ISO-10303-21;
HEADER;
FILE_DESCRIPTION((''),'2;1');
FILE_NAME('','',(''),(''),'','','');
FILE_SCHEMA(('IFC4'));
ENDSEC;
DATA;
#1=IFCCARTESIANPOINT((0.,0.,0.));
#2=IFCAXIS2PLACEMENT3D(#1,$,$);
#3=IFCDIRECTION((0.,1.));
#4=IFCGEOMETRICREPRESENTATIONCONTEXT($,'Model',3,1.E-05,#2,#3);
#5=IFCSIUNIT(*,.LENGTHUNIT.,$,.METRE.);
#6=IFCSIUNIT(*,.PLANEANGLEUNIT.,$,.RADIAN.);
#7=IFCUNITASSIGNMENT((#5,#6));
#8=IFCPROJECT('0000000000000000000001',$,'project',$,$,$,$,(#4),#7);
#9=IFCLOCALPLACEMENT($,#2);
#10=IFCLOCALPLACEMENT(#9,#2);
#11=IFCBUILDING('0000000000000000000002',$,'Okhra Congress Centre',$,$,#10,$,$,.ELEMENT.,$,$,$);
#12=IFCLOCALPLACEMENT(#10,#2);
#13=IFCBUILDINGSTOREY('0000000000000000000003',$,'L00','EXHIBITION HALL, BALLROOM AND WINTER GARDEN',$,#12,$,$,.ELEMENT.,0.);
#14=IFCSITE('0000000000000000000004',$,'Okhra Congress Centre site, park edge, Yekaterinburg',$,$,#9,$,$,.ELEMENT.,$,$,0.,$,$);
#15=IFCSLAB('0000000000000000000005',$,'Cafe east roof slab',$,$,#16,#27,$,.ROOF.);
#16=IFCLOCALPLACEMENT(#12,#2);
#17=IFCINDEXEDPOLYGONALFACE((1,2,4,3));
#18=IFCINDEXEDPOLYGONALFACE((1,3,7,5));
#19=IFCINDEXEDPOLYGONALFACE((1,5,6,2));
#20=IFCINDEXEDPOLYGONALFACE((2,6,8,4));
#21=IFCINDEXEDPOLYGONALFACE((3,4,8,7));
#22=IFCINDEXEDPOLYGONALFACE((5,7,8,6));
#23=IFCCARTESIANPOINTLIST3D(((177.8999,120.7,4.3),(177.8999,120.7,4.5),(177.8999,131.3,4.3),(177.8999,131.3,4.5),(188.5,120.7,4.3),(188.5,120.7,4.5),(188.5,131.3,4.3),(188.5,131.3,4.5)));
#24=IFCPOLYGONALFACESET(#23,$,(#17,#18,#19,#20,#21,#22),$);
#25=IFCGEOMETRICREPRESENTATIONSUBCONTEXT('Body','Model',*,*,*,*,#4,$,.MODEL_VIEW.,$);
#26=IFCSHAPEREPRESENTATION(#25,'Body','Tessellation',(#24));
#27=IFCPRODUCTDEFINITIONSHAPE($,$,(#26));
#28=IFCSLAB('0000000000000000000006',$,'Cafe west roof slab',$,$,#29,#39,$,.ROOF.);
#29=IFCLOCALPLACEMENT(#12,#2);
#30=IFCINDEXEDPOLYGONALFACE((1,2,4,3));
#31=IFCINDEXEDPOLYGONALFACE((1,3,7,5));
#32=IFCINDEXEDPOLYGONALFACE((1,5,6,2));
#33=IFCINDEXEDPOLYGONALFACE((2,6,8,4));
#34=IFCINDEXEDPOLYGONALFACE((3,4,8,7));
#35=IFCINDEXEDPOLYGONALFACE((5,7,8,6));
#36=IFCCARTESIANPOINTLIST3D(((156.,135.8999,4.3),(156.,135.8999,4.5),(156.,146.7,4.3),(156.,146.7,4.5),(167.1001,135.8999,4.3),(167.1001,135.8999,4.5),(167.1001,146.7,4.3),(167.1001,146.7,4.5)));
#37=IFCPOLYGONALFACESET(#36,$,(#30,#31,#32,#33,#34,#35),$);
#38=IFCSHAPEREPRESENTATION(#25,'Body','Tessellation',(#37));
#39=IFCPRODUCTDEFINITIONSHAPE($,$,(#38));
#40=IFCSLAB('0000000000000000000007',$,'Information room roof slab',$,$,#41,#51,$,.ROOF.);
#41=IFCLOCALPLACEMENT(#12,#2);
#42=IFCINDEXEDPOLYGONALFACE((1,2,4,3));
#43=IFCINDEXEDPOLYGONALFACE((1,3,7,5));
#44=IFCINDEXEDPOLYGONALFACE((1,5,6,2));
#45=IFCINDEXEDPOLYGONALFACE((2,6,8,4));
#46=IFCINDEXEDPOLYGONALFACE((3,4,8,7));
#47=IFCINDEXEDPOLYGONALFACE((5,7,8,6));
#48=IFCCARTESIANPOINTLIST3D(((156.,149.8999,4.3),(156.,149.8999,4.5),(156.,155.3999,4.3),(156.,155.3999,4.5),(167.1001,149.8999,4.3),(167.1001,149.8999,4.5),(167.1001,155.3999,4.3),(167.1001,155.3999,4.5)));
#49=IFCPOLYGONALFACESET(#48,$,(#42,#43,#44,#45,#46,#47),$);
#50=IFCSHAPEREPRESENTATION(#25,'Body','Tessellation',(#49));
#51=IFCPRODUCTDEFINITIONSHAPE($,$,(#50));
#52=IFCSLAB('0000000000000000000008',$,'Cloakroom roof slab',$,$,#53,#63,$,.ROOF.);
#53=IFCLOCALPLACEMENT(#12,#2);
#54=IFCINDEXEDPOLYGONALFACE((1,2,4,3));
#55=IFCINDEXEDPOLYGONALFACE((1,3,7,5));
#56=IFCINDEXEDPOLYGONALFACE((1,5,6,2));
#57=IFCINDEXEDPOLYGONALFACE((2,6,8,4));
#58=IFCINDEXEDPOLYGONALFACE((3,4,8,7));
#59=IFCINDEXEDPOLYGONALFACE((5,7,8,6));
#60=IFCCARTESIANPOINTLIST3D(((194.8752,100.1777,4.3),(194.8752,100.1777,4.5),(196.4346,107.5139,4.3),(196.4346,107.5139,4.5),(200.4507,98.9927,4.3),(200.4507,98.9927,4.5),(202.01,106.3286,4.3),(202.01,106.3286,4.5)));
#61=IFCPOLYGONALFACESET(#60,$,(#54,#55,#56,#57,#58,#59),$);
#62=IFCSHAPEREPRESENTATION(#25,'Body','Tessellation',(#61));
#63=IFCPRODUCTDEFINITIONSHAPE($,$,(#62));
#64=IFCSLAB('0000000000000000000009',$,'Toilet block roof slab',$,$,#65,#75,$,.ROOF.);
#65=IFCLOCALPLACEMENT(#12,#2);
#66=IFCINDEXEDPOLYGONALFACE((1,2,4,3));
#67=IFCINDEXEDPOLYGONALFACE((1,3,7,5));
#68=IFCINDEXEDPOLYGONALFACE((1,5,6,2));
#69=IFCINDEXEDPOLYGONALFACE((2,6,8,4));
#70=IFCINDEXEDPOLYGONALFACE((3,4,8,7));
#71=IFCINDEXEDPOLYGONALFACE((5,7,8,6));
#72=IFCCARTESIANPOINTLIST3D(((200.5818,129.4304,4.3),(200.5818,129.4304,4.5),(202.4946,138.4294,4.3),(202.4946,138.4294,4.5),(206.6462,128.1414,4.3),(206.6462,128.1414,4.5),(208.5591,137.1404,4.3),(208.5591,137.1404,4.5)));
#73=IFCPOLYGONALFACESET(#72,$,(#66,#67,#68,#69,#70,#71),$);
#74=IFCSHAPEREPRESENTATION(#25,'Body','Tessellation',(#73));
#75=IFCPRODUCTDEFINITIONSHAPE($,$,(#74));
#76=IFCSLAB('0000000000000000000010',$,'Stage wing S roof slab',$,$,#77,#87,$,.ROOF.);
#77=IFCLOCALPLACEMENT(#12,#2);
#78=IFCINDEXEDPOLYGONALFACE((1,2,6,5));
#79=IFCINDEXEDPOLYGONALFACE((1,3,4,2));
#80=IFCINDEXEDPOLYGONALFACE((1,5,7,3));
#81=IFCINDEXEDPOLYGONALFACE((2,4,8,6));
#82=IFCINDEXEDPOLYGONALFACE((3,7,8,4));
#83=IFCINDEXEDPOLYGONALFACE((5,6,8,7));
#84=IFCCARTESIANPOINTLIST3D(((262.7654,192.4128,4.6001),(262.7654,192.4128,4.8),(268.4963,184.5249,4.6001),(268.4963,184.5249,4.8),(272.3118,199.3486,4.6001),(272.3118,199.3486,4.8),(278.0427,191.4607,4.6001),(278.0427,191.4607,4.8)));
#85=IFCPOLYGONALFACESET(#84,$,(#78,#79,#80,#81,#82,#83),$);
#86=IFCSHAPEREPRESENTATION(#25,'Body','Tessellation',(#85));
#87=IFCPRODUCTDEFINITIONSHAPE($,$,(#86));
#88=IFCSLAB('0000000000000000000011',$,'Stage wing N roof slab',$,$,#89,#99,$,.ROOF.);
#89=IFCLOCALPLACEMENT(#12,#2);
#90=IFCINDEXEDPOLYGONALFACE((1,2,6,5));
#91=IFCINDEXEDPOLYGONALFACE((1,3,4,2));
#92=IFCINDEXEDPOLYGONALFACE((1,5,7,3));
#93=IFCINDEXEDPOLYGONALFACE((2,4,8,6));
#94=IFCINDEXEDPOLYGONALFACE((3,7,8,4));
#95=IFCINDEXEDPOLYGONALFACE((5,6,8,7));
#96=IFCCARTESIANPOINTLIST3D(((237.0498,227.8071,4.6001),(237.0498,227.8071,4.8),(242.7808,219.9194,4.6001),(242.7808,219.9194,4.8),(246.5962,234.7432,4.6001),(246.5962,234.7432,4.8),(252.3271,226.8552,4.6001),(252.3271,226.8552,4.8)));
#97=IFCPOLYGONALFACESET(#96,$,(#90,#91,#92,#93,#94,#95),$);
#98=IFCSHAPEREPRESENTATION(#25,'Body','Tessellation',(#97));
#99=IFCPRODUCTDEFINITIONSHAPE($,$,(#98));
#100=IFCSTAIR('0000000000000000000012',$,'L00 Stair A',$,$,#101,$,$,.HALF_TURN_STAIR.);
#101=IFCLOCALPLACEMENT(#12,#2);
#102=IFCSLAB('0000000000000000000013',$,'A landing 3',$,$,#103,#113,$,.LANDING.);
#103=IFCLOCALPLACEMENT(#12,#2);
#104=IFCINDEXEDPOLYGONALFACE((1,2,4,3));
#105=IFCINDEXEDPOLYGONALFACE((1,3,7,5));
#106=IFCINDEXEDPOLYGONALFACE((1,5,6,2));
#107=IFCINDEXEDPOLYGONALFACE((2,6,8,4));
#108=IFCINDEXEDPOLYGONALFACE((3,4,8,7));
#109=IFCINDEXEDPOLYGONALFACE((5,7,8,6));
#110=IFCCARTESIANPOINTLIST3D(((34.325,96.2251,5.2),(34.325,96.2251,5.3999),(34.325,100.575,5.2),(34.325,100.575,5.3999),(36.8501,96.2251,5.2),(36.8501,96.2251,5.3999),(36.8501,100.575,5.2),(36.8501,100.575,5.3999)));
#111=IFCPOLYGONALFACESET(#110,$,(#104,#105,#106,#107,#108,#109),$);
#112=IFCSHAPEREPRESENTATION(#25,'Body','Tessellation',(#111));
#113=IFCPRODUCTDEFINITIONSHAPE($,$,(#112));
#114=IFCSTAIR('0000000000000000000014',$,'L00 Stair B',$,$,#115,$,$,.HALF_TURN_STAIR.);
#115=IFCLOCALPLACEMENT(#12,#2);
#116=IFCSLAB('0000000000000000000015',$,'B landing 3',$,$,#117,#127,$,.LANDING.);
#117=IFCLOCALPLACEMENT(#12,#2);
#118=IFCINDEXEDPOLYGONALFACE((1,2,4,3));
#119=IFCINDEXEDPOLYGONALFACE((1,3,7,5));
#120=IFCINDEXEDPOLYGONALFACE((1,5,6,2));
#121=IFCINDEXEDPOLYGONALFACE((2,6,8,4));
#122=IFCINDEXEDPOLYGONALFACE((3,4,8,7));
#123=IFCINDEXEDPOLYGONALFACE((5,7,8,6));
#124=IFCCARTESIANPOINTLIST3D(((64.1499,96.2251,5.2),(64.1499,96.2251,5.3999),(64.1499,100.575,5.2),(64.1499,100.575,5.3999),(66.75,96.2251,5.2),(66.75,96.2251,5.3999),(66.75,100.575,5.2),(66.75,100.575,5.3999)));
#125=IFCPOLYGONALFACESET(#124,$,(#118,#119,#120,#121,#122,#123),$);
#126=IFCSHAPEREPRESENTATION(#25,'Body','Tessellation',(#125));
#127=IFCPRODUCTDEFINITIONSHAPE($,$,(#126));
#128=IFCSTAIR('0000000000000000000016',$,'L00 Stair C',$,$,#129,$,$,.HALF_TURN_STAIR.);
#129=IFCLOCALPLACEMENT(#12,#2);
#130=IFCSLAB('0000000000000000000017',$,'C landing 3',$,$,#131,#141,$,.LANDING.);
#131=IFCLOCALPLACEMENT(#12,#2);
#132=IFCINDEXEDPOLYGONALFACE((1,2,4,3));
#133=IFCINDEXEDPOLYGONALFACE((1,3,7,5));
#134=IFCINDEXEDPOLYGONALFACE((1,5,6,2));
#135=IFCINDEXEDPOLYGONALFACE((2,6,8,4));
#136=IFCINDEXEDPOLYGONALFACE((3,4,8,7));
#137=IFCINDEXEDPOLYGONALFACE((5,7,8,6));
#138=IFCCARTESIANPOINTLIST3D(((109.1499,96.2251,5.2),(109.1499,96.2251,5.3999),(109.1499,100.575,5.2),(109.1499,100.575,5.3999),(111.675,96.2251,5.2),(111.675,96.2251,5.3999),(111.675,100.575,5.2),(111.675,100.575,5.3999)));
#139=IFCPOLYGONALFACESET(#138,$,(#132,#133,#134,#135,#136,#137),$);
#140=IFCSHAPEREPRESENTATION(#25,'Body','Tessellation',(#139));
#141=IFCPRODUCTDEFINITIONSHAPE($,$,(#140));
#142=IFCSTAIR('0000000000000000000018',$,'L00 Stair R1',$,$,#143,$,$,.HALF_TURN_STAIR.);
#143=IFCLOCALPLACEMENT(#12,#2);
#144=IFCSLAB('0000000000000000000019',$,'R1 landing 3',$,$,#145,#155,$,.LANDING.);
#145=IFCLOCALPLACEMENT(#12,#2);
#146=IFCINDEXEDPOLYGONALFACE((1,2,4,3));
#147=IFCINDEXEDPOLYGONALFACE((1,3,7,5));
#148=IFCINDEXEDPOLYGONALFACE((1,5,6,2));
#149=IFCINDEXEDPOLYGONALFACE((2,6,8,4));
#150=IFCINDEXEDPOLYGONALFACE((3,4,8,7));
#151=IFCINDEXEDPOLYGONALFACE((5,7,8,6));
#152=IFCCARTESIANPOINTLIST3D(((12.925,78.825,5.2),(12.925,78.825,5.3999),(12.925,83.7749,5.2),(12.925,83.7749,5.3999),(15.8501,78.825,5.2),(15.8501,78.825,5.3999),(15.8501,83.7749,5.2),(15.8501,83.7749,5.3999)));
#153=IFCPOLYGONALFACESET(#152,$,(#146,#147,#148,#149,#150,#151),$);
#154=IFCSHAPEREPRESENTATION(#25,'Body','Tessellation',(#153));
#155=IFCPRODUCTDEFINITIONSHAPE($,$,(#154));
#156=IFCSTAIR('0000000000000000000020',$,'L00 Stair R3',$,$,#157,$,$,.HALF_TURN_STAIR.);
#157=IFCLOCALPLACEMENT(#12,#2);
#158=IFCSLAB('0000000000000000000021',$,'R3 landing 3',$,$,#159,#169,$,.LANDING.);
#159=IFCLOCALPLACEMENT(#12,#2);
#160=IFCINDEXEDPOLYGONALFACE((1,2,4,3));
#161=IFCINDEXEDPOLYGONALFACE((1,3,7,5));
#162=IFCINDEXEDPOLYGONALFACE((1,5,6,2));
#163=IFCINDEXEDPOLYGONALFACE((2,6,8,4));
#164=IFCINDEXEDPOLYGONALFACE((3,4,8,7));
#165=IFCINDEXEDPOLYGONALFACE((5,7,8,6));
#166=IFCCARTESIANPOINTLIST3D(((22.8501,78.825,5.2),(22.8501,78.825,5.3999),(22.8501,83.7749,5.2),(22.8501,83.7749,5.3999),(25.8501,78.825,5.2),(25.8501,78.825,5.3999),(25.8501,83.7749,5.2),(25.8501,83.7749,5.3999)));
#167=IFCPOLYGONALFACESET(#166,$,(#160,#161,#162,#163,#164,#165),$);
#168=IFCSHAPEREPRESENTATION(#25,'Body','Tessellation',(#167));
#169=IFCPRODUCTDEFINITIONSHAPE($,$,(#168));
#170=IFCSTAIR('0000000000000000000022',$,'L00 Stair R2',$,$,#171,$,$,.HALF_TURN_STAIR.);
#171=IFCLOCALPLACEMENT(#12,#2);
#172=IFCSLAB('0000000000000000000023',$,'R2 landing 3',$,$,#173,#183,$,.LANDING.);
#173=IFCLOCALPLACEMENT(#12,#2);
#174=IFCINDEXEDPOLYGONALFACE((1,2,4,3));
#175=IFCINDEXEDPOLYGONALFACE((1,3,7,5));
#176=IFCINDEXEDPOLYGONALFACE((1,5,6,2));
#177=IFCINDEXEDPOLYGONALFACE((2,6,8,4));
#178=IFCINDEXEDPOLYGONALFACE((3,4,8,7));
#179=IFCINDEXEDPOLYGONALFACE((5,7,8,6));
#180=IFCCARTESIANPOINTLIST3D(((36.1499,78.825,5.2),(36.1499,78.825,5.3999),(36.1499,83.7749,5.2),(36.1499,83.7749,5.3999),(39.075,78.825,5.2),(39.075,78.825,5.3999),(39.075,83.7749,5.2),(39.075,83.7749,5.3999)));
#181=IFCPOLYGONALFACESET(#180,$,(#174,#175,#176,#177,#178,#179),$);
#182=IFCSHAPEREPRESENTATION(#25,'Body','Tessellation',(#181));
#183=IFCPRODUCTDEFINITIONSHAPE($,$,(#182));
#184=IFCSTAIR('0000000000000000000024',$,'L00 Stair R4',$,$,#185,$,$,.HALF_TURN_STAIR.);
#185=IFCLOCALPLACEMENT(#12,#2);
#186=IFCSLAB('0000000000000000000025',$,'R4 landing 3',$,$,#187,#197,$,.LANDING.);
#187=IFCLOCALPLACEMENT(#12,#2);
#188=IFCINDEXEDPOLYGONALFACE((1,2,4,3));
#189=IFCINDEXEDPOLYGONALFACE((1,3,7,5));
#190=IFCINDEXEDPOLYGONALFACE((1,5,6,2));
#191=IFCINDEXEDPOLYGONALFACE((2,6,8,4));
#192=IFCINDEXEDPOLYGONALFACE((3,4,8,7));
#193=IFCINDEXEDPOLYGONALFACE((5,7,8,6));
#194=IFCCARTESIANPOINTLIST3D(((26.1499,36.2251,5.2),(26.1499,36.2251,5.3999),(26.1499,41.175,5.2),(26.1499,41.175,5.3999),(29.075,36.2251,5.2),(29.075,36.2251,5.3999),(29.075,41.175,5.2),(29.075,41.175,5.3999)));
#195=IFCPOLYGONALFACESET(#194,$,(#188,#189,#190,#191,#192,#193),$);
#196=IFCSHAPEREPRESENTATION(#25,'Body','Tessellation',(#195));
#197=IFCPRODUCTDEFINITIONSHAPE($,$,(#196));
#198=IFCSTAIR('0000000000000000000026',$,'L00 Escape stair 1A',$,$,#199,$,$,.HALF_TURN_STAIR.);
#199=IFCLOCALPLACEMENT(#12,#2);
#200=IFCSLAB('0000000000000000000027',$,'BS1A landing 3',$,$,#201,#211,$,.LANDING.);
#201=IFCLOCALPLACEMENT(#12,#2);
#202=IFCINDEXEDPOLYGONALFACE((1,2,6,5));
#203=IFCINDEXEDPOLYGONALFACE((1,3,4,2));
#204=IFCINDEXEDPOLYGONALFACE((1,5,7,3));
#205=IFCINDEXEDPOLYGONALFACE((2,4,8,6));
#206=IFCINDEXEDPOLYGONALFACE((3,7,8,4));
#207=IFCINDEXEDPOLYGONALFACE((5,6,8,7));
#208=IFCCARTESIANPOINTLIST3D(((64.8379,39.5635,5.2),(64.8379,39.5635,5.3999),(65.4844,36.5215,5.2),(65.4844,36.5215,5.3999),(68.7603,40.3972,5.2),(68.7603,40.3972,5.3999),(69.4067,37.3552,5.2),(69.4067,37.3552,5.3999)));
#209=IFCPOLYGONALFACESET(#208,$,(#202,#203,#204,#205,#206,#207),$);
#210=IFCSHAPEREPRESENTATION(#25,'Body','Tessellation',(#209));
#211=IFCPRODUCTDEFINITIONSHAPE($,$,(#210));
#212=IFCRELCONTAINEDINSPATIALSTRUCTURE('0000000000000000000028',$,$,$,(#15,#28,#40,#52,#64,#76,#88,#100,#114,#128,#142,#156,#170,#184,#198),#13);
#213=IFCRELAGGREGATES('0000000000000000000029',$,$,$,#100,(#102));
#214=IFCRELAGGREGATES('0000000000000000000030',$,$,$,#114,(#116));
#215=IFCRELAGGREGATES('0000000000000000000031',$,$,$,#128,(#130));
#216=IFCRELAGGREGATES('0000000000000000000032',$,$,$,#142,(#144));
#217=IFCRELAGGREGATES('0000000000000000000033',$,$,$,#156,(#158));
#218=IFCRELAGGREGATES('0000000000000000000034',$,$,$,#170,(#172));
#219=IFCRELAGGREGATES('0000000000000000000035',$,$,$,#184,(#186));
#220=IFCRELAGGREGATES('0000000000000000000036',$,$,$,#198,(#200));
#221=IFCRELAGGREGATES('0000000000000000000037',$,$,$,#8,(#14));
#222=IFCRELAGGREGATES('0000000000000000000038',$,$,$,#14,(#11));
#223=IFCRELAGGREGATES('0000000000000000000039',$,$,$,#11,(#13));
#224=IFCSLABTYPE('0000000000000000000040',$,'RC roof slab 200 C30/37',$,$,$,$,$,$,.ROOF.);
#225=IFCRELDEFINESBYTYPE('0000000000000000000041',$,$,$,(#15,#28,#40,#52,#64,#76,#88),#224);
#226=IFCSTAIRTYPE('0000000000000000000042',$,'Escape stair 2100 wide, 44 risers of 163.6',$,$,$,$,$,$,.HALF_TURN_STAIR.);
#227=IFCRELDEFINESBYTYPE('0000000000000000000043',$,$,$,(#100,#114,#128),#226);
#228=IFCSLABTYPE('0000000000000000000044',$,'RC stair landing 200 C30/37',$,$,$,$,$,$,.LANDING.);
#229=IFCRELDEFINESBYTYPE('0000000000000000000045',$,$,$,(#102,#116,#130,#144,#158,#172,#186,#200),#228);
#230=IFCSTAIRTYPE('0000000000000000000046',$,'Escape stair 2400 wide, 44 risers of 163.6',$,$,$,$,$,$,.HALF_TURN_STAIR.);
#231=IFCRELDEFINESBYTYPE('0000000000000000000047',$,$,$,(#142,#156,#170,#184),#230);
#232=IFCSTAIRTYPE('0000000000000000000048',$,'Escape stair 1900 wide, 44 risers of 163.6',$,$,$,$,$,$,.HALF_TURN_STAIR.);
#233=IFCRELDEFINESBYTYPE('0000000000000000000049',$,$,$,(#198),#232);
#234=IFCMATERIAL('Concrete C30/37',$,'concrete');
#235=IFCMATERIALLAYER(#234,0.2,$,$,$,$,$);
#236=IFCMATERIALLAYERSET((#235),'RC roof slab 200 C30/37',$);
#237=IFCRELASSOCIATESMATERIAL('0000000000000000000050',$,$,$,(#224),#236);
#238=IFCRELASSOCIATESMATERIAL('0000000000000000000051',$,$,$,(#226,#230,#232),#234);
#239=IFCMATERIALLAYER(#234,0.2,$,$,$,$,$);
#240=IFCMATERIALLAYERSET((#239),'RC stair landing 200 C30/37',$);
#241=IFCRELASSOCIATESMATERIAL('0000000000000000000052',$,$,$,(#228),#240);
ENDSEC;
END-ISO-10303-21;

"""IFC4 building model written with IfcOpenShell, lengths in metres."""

from ifc_helpers import new_model, si_unit, direction, frame, origin, place, context, subcontext, project, spatial, polyline, outline, extrude, material, layer, layer_set, type_object, element, aggregate, save


model = new_model("IFC4")

# Units and contexts
model_context = context("Model", 3, precision=1e-05, world=origin(), true_north=direction((0.0, 1.0)))
body_context = subcontext(model_context, "Body", "Model", "MODEL_VIEW")
ifc_project = project(units=[si_unit("LENGTHUNIT", "METRE"), si_unit("PLANEANGLEUNIT", "RADIAN")], contexts=[model_context])

# Site, building, storey
site_placement = place(None, origin())
site = spatial("IfcSite", under=ifc_project, at=site_placement, Name="Okhra Congress Centre site, park edge, Yekaterinburg", CompositionType="ELEMENT", RefElevation=0.0)
building_placement = place(site_placement, origin())
building = spatial("IfcBuilding", under=site, at=building_placement, Name="Okhra Congress Centre", CompositionType="ELEMENT")
storey_placement = place(building_placement, origin())
storey = spatial("IfcBuildingStorey", under=building, at=storey_placement, Name="L00", Description="EXHIBITION HALL, BALLROOM AND WINTER GARDEN", CompositionType="ELEMENT", Elevation=0.0)

# Slabs
ifc_material = material(Name="Concrete C30/37", Category="concrete")
ifc_layer_1 = layer(ifc_material, 0.2)
ifc_layer_set_1 = layer_set([ifc_layer_1], Name="RC roof slab 200 C30/37")
slab_type_1 = type_object("IfcSlabType", Name="RC roof slab 200 C30/37", PredefinedType="ROOF", material=ifc_layer_set_1)
slab_1_placement = place(storey_placement, frame((0.0, 0.0, 4.3)))
element("IfcSlab", 1, at=slab_1_placement, inside=storey, type_object=slab_type_1, Name="Cafe east roof slab", PredefinedType="ROOF", context=body_context, shape_type="SweptSolid", body=[
    extrude(outline(polyline([(177.8999, 120.7), (188.5, 120.7), (188.5, 131.3), (177.8999, 131.3), (177.8999, 120.7)])), origin(), (0.0, 0.0, 1.0), 0.2),
])
slab_2_placement = place(storey_placement, frame((0.0, 0.0, 4.3)))
element("IfcSlab", 2, at=slab_2_placement, inside=storey, type_object=slab_type_1, Name="Cafe west roof slab", PredefinedType="ROOF", context=body_context, shape_type="SweptSolid", body=[
    extrude(outline(polyline([(156.0, 135.8999), (167.1001, 135.8999), (167.1001, 146.7), (156.0, 146.7), (156.0, 135.8999)])), origin(), (0.0, 0.0, 1.0), 0.2),
])
slab_3_placement = place(storey_placement, frame((0.0, 0.0, 4.3)))
element("IfcSlab", 3, at=slab_3_placement, inside=storey, type_object=slab_type_1, Name="Information room roof slab", PredefinedType="ROOF", context=body_context, shape_type="SweptSolid", body=[
    extrude(outline(polyline([(156.0, 149.8999), (167.1001, 149.8999), (167.1001, 155.3999), (156.0, 155.3999), (156.0, 149.8999)])), origin(), (0.0, 0.0, 1.0), 0.2),
])
slab_4_placement = place(storey_placement, frame((0.0, 0.0, 4.3)))
element("IfcSlab", 4, at=slab_4_placement, inside=storey, type_object=slab_type_1, Name="Cloakroom roof slab", PredefinedType="ROOF", context=body_context, shape_type="SweptSolid", body=[
    extrude(outline(polyline([(194.8752, 100.1777), (200.4507, 98.9927), (202.01, 106.3286), (196.4346, 107.5139), (194.8752, 100.1777)])), origin(), (0.0, 0.0, 1.0), 0.2),
])
slab_5_placement = place(storey_placement, frame((0.0, 0.0, 4.3)))
element("IfcSlab", 5, at=slab_5_placement, inside=storey, type_object=slab_type_1, Name="Toilet block roof slab", PredefinedType="ROOF", context=body_context, shape_type="SweptSolid", body=[
    extrude(outline(polyline([(200.5818, 129.4304), (206.6462, 128.1414), (208.5591, 137.1404), (202.4946, 138.4294), (200.5818, 129.4304)])), origin(), (0.0, 0.0, 1.0), 0.2),
])
slab_6_placement = place(storey_placement, frame((0.0, 0.0, 4.6001)))
element("IfcSlab", 6, at=slab_6_placement, inside=storey, type_object=slab_type_1, Name="Stage wing S roof slab", PredefinedType="ROOF", context=body_context, shape_type="SweptSolid", body=[
    extrude(outline(polyline([(268.4963, 184.5249), (278.0427, 191.4607), (272.3118, 199.3486), (262.7654, 192.4128), (268.4963, 184.5249)])), origin(), (0.0, 0.0, 1.0), 0.2),
])
slab_7_placement = place(storey_placement, frame((0.0, 0.0, 4.6001)))
element("IfcSlab", 7, at=slab_7_placement, inside=storey, type_object=slab_type_1, Name="Stage wing N roof slab", PredefinedType="ROOF", context=body_context, shape_type="SweptSolid", body=[
    extrude(outline(polyline([(242.7808, 219.9194), (252.3271, 226.8552), (246.5962, 234.7432), (237.0498, 227.8071), (242.7808, 219.9194)])), origin(), (0.0, 0.0, 1.0), 0.2),
])

# Stairs, slabs
stair_type_1 = type_object("IfcStairType", Name="Escape stair 2100 wide, 44 risers of 163.6", PredefinedType="HALF_TURN_STAIR", material=ifc_material)
stair_1_placement = place(storey_placement, origin())
stair_1 = element("IfcStair", 8, at=stair_1_placement, inside=storey, type_object=stair_type_1, Name="L00 Stair A", PredefinedType="HALF_TURN_STAIR")
ifc_layer_2 = layer(ifc_material, 0.2)
ifc_layer_set_2 = layer_set([ifc_layer_2], Name="RC stair landing 200 C30/37")
slab_type_2 = type_object("IfcSlabType", Name="RC stair landing 200 C30/37", PredefinedType="LANDING", material=ifc_layer_set_2)
slab_8_placement = place(storey_placement, frame((0.0, 0.0, 5.2)))
slab_8 = element("IfcSlab", 9, at=slab_8_placement, type_object=slab_type_2, Name="A landing 3", PredefinedType="LANDING", context=body_context, shape_type="SweptSolid", body=[
    extrude(outline(polyline([(34.325, 96.2251), (36.8501, 96.2251), (36.8501, 100.575), (34.325, 100.575), (34.325, 96.2251)])), origin(), (0.0, 0.0, 1.0), 0.2),
])
aggregate(stair_1, [slab_8])
stair_2_placement = place(storey_placement, origin())
stair_2 = element("IfcStair", 10, at=stair_2_placement, inside=storey, type_object=stair_type_1, Name="L00 Stair B", PredefinedType="HALF_TURN_STAIR")
slab_9_placement = place(storey_placement, frame((0.0, 0.0, 5.2)))
slab_9 = element("IfcSlab", 11, at=slab_9_placement, type_object=slab_type_2, Name="B landing 3", PredefinedType="LANDING", context=body_context, shape_type="SweptSolid", body=[
    extrude(outline(polyline([(66.75, 100.575), (64.1499, 100.575), (64.1499, 96.2251), (66.75, 96.2251), (66.75, 100.575)])), origin(), (0.0, 0.0, 1.0), 0.2),
])
aggregate(stair_2, [slab_9])
stair_3_placement = place(storey_placement, origin())
stair_3 = element("IfcStair", 12, at=stair_3_placement, inside=storey, type_object=stair_type_1, Name="L00 Stair C", PredefinedType="HALF_TURN_STAIR")
slab_10_placement = place(storey_placement, frame((0.0, 0.0, 5.2)))
slab_10 = element("IfcSlab", 13, at=slab_10_placement, type_object=slab_type_2, Name="C landing 3", PredefinedType="LANDING", context=body_context, shape_type="SweptSolid", body=[
    extrude(outline(polyline([(111.675, 100.575), (109.1499, 100.575), (109.1499, 96.2251), (111.675, 96.2251), (111.675, 100.575)])), origin(), (0.0, 0.0, 1.0), 0.2),
])
aggregate(stair_3, [slab_10])
stair_type_2 = type_object("IfcStairType", Name="Escape stair 2400 wide, 44 risers of 163.6", PredefinedType="HALF_TURN_STAIR", material=ifc_material)
stair_4_placement = place(storey_placement, origin())
stair_4 = element("IfcStair", 14, at=stair_4_placement, inside=storey, type_object=stair_type_2, Name="L00 Stair R1", PredefinedType="HALF_TURN_STAIR")
slab_11_placement = place(storey_placement, frame((0.0, 0.0, 5.2)))
slab_11 = element("IfcSlab", 15, at=slab_11_placement, type_object=slab_type_2, Name="R1 landing 3", PredefinedType="LANDING", context=body_context, shape_type="SweptSolid", body=[
    extrude(outline(polyline([(12.925, 78.825), (15.8501, 78.825), (15.8501, 83.7749), (12.925, 83.7749), (12.925, 78.825)])), origin(), (0.0, 0.0, 1.0), 0.2),
])
aggregate(stair_4, [slab_11])
stair_5_placement = place(storey_placement, origin())
stair_5 = element("IfcStair", 16, at=stair_5_placement, inside=storey, type_object=stair_type_2, Name="L00 Stair R3", PredefinedType="HALF_TURN_STAIR")
slab_12_placement = place(storey_placement, frame((0.0, 0.0, 5.2)))
slab_12 = element("IfcSlab", 17, at=slab_12_placement, type_object=slab_type_2, Name="R3 landing 3", PredefinedType="LANDING", context=body_context, shape_type="SweptSolid", body=[
    extrude(outline(polyline([(22.8501, 78.825), (25.8501, 78.825), (25.8501, 83.7749), (22.8501, 83.7749), (22.8501, 78.825)])), origin(), (0.0, 0.0, 1.0), 0.2),
])
aggregate(stair_5, [slab_12])
stair_6_placement = place(storey_placement, origin())
stair_6 = element("IfcStair", 18, at=stair_6_placement, inside=storey, type_object=stair_type_2, Name="L00 Stair R2", PredefinedType="HALF_TURN_STAIR")
slab_13_placement = place(storey_placement, frame((0.0, 0.0, 5.2)))
slab_13 = element("IfcSlab", 19, at=slab_13_placement, type_object=slab_type_2, Name="R2 landing 3", PredefinedType="LANDING", context=body_context, shape_type="SweptSolid", body=[
    extrude(outline(polyline([(39.075, 83.7749), (36.1499, 83.7749), (36.1499, 78.825), (39.075, 78.825), (39.075, 83.7749)])), origin(), (0.0, 0.0, 1.0), 0.2),
])
aggregate(stair_6, [slab_13])
stair_7_placement = place(storey_placement, origin())
stair_7 = element("IfcStair", 20, at=stair_7_placement, inside=storey, type_object=stair_type_2, Name="L00 Stair R4", PredefinedType="HALF_TURN_STAIR")
slab_14_placement = place(storey_placement, frame((0.0, 0.0, 5.2)))
slab_14 = element("IfcSlab", 21, at=slab_14_placement, type_object=slab_type_2, Name="R4 landing 3", PredefinedType="LANDING", context=body_context, shape_type="SweptSolid", body=[
    extrude(outline(polyline([(29.075, 41.175), (26.1499, 41.175), (26.1499, 36.2251), (29.075, 36.2251), (29.075, 41.175)])), origin(), (0.0, 0.0, 1.0), 0.2),
])
aggregate(stair_7, [slab_14])
stair_type_3 = type_object("IfcStairType", Name="Escape stair 1900 wide, 44 risers of 163.6", PredefinedType="HALF_TURN_STAIR", material=ifc_material)
stair_8_placement = place(storey_placement, origin())
stair_8 = element("IfcStair", 22, at=stair_8_placement, inside=storey, type_object=stair_type_3, Name="L00 Escape stair 1A", PredefinedType="HALF_TURN_STAIR")
slab_15_placement = place(storey_placement, frame((0.0, 0.0, 5.2)))
slab_15 = element("IfcSlab", 23, at=slab_15_placement, type_object=slab_type_2, Name="BS1A landing 3", PredefinedType="LANDING", context=body_context, shape_type="SweptSolid", body=[
    extrude(outline(polyline([(69.4067, 37.3552), (65.4844, 36.5215), (64.8379, 39.5635), (68.7603, 40.3972), (69.4067, 37.3552)])), origin(), (0.0, 0.0, 1.0), 0.2),
])
aggregate(stair_8, [slab_15])

save(model, "model.ifc")
